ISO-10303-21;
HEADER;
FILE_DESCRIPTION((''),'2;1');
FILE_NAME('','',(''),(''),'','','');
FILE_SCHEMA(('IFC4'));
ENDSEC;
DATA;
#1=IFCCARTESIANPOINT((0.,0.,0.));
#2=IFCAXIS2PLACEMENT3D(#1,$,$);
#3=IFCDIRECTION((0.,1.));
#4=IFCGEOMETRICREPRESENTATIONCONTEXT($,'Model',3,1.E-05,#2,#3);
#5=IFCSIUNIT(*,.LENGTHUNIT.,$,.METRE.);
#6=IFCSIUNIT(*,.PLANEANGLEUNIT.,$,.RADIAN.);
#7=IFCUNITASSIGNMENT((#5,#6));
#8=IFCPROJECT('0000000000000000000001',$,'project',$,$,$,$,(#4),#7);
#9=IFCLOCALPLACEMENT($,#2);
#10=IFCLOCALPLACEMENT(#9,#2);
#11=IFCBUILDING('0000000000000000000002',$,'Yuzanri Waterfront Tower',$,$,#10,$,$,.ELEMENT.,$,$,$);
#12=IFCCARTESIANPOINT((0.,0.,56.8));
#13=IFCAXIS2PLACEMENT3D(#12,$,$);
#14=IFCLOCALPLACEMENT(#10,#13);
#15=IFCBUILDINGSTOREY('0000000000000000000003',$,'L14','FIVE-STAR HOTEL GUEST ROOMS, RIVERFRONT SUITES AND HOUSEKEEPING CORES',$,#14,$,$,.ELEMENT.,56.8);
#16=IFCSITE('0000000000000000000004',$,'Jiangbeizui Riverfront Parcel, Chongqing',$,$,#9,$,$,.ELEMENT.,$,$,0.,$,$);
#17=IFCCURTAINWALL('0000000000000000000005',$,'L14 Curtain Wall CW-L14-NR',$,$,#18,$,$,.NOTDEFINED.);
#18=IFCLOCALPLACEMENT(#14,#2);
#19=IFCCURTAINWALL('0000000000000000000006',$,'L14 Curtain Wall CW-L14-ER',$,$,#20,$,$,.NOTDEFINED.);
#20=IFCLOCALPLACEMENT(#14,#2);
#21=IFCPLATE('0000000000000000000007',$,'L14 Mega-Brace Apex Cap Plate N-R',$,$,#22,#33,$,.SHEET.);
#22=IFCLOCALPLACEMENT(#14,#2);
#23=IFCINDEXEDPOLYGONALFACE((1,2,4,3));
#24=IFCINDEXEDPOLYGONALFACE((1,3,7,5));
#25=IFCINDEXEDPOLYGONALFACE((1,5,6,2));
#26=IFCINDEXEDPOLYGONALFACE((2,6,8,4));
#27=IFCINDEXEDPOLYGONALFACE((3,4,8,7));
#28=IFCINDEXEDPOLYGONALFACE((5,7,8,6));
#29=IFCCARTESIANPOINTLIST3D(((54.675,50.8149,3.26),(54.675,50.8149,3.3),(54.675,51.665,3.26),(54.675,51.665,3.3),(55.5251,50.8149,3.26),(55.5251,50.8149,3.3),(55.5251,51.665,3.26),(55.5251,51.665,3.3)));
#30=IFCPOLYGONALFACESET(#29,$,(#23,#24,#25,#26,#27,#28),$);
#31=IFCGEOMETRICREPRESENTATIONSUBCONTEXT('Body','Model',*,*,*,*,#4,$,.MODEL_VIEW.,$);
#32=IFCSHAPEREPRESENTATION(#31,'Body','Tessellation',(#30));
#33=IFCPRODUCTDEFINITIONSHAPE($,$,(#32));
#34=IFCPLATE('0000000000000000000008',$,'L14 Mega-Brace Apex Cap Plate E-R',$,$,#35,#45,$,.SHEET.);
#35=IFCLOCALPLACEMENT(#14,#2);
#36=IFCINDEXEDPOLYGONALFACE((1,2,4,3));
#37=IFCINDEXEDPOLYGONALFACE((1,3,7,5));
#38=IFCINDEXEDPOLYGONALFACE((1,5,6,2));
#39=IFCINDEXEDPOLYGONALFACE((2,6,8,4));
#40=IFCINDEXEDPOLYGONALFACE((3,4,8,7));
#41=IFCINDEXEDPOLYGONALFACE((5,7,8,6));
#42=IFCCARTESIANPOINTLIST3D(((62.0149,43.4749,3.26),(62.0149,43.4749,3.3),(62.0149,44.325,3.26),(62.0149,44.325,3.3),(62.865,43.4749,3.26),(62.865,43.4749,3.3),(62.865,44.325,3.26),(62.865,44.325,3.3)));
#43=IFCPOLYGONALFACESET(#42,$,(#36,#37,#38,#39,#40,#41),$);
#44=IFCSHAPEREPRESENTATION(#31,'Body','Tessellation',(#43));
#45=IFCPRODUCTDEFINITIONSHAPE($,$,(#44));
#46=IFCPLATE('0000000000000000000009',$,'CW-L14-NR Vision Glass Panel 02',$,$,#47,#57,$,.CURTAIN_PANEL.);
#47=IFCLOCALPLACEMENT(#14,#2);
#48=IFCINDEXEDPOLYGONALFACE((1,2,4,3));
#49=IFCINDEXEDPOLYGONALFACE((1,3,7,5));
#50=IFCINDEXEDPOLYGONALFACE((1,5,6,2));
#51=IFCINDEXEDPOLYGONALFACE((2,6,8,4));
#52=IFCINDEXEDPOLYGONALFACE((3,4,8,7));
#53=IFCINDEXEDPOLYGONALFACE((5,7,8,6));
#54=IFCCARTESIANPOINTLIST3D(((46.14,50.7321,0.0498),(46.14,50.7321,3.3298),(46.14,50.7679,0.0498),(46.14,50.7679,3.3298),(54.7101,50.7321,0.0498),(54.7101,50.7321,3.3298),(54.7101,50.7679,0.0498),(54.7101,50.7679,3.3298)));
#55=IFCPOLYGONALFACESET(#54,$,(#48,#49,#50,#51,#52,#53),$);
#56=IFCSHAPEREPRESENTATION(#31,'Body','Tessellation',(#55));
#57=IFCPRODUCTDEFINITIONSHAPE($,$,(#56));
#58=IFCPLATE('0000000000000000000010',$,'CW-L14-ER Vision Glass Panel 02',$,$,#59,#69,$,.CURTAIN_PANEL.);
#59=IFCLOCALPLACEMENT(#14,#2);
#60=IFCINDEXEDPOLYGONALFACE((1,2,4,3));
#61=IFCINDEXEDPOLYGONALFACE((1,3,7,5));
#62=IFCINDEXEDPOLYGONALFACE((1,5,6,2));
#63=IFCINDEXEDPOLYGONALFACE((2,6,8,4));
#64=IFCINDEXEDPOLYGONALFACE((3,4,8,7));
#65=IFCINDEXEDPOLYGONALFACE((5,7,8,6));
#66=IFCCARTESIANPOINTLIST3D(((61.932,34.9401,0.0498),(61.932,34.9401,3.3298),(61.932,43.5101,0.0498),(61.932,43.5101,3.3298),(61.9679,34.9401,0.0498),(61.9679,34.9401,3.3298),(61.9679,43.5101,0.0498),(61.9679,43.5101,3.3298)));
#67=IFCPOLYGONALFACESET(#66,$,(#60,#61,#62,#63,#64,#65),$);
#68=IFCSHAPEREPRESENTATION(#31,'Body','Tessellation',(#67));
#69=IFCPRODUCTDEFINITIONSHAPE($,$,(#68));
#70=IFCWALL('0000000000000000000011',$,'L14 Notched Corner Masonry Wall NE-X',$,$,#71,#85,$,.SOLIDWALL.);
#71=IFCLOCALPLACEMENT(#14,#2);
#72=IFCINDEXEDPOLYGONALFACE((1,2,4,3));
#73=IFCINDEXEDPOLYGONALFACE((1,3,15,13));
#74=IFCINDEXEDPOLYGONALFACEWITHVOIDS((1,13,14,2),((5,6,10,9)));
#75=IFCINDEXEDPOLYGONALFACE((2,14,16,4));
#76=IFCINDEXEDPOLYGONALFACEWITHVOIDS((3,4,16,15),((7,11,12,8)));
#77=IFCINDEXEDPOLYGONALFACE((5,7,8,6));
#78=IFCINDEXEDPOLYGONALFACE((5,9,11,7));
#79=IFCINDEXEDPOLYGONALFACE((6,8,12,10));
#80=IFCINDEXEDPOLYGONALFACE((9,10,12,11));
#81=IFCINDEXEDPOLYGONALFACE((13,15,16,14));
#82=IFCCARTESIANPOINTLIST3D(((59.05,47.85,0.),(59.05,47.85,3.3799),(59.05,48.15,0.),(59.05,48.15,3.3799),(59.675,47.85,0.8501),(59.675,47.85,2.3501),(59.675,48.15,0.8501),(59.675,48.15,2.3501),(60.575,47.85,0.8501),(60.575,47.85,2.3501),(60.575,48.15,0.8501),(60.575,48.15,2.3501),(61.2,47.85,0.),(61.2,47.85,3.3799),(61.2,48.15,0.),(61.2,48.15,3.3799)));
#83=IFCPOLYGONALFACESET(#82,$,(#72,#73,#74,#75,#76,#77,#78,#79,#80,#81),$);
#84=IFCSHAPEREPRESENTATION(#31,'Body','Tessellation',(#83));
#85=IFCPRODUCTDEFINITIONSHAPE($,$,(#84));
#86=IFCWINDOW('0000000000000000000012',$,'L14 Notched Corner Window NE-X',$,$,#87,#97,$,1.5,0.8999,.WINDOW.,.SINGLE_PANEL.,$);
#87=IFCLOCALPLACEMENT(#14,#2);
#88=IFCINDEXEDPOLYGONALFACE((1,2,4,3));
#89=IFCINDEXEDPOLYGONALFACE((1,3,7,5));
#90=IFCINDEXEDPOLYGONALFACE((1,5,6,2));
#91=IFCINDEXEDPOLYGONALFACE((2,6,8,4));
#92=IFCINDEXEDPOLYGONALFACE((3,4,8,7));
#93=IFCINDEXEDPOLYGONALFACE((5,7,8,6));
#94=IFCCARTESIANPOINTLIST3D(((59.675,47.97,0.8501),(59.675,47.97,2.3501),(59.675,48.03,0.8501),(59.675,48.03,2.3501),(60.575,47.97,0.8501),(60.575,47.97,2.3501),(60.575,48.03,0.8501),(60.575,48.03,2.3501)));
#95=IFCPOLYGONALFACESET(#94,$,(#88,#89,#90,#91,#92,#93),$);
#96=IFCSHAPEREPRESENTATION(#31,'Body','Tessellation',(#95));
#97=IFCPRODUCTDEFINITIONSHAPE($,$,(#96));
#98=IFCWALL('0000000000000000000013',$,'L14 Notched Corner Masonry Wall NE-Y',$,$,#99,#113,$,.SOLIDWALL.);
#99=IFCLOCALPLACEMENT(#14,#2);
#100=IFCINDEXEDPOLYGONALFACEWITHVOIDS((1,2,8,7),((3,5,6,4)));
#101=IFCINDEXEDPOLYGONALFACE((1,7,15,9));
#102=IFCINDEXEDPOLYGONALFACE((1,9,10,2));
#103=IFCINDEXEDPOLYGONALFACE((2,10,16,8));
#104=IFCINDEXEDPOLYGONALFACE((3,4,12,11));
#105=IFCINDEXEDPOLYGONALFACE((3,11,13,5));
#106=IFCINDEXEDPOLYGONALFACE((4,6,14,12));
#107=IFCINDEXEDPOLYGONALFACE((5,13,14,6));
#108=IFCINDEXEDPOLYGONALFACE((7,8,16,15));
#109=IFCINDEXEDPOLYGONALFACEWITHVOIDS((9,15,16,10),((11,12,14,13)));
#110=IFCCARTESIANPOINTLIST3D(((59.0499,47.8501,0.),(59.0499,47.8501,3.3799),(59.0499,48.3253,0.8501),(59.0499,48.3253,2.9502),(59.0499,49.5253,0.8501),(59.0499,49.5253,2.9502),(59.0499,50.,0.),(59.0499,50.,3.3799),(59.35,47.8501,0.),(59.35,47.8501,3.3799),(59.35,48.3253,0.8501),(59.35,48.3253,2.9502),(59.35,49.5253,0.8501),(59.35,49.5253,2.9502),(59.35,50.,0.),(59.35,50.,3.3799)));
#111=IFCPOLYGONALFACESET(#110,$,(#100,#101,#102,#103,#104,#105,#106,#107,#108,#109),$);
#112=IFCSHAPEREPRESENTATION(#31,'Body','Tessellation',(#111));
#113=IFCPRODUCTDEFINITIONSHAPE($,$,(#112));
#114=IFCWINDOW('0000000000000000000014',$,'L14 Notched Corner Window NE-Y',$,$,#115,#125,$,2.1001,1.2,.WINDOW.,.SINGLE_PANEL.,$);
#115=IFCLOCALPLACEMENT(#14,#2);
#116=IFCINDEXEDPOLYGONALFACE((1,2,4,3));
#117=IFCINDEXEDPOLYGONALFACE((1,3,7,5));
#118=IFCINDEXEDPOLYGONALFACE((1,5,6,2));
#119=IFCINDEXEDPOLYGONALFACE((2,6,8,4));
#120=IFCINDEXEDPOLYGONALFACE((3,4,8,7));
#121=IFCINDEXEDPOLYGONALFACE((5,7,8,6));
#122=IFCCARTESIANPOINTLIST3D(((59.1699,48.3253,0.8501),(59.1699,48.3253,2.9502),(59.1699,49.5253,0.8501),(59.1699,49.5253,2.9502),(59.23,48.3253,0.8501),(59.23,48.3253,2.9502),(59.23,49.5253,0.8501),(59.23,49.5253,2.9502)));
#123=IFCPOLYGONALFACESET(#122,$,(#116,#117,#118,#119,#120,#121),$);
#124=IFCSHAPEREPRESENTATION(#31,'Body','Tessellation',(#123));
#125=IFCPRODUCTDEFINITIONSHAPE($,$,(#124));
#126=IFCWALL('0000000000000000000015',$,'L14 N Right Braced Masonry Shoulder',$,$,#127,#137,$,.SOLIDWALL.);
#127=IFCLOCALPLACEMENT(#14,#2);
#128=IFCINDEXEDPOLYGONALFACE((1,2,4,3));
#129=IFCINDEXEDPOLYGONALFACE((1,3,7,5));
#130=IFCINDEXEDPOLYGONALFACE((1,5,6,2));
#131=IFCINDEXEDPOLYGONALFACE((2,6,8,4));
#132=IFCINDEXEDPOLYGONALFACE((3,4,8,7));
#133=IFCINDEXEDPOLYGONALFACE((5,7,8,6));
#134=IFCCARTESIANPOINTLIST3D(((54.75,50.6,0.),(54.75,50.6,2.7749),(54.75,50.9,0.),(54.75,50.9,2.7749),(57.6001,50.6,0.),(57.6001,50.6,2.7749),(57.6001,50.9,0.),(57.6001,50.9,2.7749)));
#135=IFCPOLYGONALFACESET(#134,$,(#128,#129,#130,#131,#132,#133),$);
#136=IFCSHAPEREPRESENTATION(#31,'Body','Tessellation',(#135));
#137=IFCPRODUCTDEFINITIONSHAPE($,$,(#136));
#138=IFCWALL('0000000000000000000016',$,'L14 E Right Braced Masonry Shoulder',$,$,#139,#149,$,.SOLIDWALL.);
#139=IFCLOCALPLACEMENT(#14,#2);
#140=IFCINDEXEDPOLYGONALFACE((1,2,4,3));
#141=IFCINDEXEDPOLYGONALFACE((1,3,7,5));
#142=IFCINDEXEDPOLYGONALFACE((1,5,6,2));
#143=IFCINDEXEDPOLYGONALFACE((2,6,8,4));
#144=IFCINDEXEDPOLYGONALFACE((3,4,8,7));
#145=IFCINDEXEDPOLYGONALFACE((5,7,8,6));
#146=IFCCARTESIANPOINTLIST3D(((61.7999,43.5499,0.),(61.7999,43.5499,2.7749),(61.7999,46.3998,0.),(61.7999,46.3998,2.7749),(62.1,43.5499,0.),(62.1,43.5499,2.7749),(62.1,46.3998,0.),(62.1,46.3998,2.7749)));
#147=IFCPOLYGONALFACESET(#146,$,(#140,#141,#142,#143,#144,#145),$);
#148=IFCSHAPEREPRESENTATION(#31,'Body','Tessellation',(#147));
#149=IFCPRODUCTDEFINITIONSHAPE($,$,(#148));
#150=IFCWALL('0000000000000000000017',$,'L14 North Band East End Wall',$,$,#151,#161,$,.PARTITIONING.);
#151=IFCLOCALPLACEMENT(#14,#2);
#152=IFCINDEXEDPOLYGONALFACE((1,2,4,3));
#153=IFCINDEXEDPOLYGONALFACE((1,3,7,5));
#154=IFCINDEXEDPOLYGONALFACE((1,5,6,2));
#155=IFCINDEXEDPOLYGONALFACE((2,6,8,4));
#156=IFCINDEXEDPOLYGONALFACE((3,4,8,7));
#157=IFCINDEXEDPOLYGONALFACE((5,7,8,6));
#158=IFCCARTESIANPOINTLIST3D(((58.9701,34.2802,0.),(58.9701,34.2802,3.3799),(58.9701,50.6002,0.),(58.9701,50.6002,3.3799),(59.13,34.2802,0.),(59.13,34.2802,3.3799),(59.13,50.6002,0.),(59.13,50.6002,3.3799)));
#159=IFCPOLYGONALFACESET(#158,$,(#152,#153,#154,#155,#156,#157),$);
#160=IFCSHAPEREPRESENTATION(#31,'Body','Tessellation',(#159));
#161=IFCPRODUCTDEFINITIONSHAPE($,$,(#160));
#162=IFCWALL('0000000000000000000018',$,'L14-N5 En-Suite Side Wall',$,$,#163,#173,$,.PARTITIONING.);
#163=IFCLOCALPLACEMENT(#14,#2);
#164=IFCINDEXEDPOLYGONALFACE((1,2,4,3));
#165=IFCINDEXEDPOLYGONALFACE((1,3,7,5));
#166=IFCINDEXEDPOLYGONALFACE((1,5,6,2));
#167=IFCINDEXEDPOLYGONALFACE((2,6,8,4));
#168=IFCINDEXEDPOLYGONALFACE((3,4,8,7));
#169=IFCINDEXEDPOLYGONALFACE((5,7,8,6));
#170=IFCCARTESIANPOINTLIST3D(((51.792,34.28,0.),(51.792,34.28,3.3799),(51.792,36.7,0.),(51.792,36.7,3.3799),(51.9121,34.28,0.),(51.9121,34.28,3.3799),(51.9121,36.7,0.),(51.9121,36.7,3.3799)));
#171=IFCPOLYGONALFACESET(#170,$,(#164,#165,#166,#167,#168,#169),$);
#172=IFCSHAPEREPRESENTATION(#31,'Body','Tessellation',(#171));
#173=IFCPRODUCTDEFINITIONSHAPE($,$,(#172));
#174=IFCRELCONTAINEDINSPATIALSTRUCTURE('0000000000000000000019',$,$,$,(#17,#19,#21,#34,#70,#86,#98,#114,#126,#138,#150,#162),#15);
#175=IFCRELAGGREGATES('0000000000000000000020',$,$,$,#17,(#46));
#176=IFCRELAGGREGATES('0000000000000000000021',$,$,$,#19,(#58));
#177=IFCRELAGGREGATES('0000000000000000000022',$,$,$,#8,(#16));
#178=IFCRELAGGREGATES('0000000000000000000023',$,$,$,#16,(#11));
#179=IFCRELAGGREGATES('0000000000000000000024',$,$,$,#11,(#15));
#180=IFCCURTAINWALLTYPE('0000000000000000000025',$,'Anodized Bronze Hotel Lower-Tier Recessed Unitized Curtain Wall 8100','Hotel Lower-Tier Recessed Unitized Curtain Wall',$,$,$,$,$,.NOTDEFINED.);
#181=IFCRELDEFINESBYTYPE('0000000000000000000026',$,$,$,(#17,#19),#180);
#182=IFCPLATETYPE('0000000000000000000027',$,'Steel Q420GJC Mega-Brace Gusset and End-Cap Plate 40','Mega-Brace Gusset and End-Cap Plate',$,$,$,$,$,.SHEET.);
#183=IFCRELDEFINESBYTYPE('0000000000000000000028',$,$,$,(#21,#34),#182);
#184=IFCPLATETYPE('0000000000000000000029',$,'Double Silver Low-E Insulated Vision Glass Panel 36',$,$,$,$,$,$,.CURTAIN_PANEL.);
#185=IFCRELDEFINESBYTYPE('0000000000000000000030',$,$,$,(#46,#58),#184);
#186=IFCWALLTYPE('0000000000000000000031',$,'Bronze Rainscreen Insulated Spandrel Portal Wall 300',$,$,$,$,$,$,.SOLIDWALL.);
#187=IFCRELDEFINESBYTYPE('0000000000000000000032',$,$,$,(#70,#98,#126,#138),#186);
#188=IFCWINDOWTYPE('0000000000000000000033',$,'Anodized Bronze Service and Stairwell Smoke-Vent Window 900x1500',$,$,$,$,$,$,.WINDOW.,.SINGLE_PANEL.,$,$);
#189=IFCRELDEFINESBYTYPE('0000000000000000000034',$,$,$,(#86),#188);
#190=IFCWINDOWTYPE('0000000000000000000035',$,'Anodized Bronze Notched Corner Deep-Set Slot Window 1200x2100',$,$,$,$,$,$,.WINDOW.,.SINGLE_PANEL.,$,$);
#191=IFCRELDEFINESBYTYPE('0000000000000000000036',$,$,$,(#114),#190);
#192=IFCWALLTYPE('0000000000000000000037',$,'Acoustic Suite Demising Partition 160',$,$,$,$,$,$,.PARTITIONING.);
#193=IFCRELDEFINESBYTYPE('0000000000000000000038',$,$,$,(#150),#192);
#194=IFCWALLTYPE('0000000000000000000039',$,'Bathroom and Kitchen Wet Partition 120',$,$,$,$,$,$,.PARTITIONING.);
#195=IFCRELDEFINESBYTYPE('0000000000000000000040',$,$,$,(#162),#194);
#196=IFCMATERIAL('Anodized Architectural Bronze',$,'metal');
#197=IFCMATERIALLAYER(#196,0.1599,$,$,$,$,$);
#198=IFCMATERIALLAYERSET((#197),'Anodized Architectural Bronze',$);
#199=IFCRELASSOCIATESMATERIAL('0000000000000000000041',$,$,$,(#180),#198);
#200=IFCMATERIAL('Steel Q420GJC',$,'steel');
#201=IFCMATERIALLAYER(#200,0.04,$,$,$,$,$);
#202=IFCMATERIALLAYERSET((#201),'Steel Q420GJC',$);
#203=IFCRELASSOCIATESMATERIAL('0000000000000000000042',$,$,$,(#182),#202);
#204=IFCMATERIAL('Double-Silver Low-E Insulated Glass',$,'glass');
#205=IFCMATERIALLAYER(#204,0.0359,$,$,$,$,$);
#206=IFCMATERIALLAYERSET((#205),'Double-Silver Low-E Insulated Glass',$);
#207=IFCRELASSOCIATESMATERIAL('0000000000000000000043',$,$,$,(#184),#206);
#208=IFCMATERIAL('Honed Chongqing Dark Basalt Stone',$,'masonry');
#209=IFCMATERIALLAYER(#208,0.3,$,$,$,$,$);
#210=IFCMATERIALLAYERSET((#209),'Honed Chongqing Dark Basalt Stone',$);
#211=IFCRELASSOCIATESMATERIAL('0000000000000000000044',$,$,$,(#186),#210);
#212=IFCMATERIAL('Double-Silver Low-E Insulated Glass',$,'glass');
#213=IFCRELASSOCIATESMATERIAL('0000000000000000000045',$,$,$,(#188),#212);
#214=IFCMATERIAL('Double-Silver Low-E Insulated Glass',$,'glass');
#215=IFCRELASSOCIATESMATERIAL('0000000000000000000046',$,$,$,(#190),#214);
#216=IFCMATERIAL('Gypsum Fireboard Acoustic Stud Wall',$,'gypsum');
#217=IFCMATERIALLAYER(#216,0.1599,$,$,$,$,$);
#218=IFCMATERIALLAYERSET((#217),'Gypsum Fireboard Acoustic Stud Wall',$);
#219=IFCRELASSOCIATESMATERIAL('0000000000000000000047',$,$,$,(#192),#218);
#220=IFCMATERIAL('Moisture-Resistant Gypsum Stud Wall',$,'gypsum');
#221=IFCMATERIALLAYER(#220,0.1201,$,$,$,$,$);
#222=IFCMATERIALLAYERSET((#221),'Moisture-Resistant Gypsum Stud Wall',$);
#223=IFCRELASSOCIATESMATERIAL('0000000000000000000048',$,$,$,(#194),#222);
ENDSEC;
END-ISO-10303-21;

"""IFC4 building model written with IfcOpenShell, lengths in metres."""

from ifc_helpers import new_model, si_unit, direction, frame, frame_2d, origin, origin_2d, place, context, subcontext, project, spatial, rectangle, extrude, source, transform, mapped, material, layer, layer_set, type_object, element, fill, aggregate, save


model = new_model("IFC4")

# Units and contexts
model_context = context("Model", 3, precision=1e-05, world=origin(), true_north=direction((0.0, 1.0)))
body_context = subcontext(model_context, "Body", "Model", "MODEL_VIEW")
ifc_project = project(units=[si_unit("LENGTHUNIT", "METRE"), si_unit("PLANEANGLEUNIT", "RADIAN")], contexts=[model_context])

# Site, building, storey
site_placement = place(None, origin())
site = spatial("IfcSite", under=ifc_project, at=site_placement, Name="Jiangbeizui Riverfront Parcel, Chongqing", CompositionType="ELEMENT", RefElevation=0.0)
building_placement = place(site_placement, origin())
building = spatial("IfcBuilding", under=site, at=building_placement, Name="Yuzanri Waterfront Tower", CompositionType="ELEMENT")
storey_placement = place(building_placement, frame((0.0, 0.0, 56.8)))
storey = spatial("IfcBuildingStorey", under=building, at=storey_placement, Name="L14", Description="FIVE-STAR HOTEL GUEST ROOMS, RIVERFRONT SUITES AND HOUSEKEEPING CORES", CompositionType="ELEMENT", Elevation=56.8)

# Curtain walls
ifc_material_1 = material(Name="Anodized Architectural Bronze", Category="metal")
ifc_layer_1 = layer(ifc_material_1, 0.1599)
ifc_layer_set_1 = layer_set([ifc_layer_1], Name="Anodized Architectural Bronze")
curtain_wall_type = type_object("IfcCurtainWallType", Name="Anodized Bronze Hotel Lower-Tier Recessed Unitized Curtain Wall 8100", Description="Hotel Lower-Tier Recessed Unitized Curtain Wall", PredefinedType="NOTDEFINED", material=ifc_layer_set_1)
curtain_wall_1_placement = place(storey_placement, origin())
curtain_wall_1 = element("IfcCurtainWall", 1, at=curtain_wall_1_placement, inside=storey, type_object=curtain_wall_type, Name="L14 Curtain Wall CW-L14-NR", PredefinedType="NOTDEFINED")
curtain_wall_2_placement = place(storey_placement, origin())
curtain_wall_2 = element("IfcCurtainWall", 2, at=curtain_wall_2_placement, inside=storey, type_object=curtain_wall_type, Name="L14 Curtain Wall CW-L14-ER", PredefinedType="NOTDEFINED")

# Plates
ifc_material_2 = material(Name="Steel Q420GJC", Category="steel")
ifc_layer_2 = layer(ifc_material_2, 0.04)
ifc_layer_set_2 = layer_set([ifc_layer_2], Name="Steel Q420GJC")
plate_type_1 = type_object("IfcPlateType", Name="Steel Q420GJC Mega-Brace Gusset and End-Cap Plate 40", Description="Mega-Brace Gusset and End-Cap Plate", PredefinedType="SHEET", material=ifc_layer_set_2)
shared_shape_1 = source(origin(), body_context, "Body", "SweptSolid", [
    extrude(rectangle(XDim=0.8501, YDim=0.8501, at=origin_2d()), origin(), (0.0, 0.0, 1.0), 0.04),
])
for number, where, z_axis, x_axis, name in (
    (3, (55.1001, 51.24, 3.26), (0.0, 0.0, 1.0), (1.0, 0.0, 0.0), "L14 Mega-Brace Apex Cap Plate N-R"),
    (4, (62.4399, 43.8999, 3.26), (0.0, 0.0, 1.0), (1.0, 0.0, 0.0), "L14 Mega-Brace Apex Cap Plate E-R"),
):
    element("IfcPlate", number, at=place(storey_placement, frame(where, z_axis=z_axis, x_axis=x_axis)), inside=storey, type_object=plate_type_1, Name=name, PredefinedType="SHEET", context=body_context, shape_type="MappedRepresentation", body=[
        mapped(shared_shape_1, transform((0.0, 0.0, 0.0), scale=1.0)),
    ])

# Plates
ifc_material_3 = material(Name="Double-Silver Low-E Insulated Glass", Category="glass")
ifc_layer_3 = layer(ifc_material_3, 0.0359)
ifc_layer_set_3 = layer_set([ifc_layer_3], Name="Double-Silver Low-E Insulated Glass")
plate_type_2 = type_object("IfcPlateType", Name="Double Silver Low-E Insulated Vision Glass Panel 36", PredefinedType="CURTAIN_PANEL", material=ifc_layer_set_3)
shared_shape_2 = source(origin(), body_context, "Body", "SweptSolid", [
    extrude(rectangle(XDim=8.5701, YDim=0.0359, at=origin_2d()), origin(), (0.0, 0.0, 1.0), 3.28),
])
plate_1_placement = place(storey_placement, frame((50.425, 50.75, 0.0498), z_axis=(0.0, 0.0, 1.0), x_axis=(1.0, 0.0, 0.0)))
plate_1 = element("IfcPlate", 5, at=plate_1_placement, type_object=plate_type_2, Name="CW-L14-NR Vision Glass Panel 02", PredefinedType="CURTAIN_PANEL", context=body_context, shape_type="MappedRepresentation", body=[
    mapped(shared_shape_2, transform((0.0, 0.0, 0.0), scale=1.0)),
])
aggregate(curtain_wall_1, [plate_1])
plate_2_placement = place(storey_placement, frame((61.95, 39.2251, 0.0498), z_axis=(0.0, 0.0, 1.0), x_axis=(0.0, 1.0, 0.0)))
plate_2 = element("IfcPlate", 6, at=plate_2_placement, type_object=plate_type_2, Name="CW-L14-ER Vision Glass Panel 02", PredefinedType="CURTAIN_PANEL", context=body_context, shape_type="MappedRepresentation", body=[
    mapped(shared_shape_2, transform((0.0, 0.0, 0.0), scale=1.0)),
])
aggregate(curtain_wall_2, [plate_2])

# Walls, openings, windows
ifc_material_4 = material(Name="Honed Chongqing Dark Basalt Stone", Category="masonry")
ifc_layer_4 = layer(ifc_material_4, 0.3)
ifc_layer_set_4 = layer_set([ifc_layer_4], Name="Honed Chongqing Dark Basalt Stone")
wall_type_1 = type_object("IfcWallType", Name="Bronze Rainscreen Insulated Spandrel Portal Wall 300", PredefinedType="SOLIDWALL", material=ifc_layer_set_4)
wall_1_placement = place(storey_placement, frame((61.2, 48.0, 0.0), z_axis=(0.0, 0.0, 1.0), x_axis=(-1.0, 0.0, 0.0)))
wall_1 = element("IfcWall", 7, at=wall_1_placement, inside=storey, type_object=wall_type_1, Name="L14 Notched Corner Masonry Wall NE-X", PredefinedType="SOLIDWALL", context=body_context, shape_type="SweptSolid", body=[
    extrude(rectangle(XDim=2.1499, YDim=0.3, at=frame_2d((1.075, 0.0))), origin(), (0.0, 0.0, 1.0), 3.3799),
])
opening_1_placement = place(wall_1_placement, frame((0.625, 0.0, 0.8501)))
opening_1 = element("IfcOpeningElement", 8, at=opening_1_placement, cuts=wall_1, PredefinedType="OPENING", context=body_context, shape_type="SweptSolid", body=[
    extrude(rectangle(XDim=0.8999, YDim=1.5, at=frame_2d((0.45, 0.75))), frame((0.0, 0.165, 0.0), z_axis=(0.0, -1.0, 0.0), x_axis=(1.0, 0.0, 0.0)), (0.0, 0.0, 1.0), 0.3298),
])
ifc_material_5 = material(Name="Double-Silver Low-E Insulated Glass", Category="glass")
window_type_1 = type_object("IfcWindowType", Name="Anodized Bronze Service and Stairwell Smoke-Vent Window 900x1500", PartitioningType="SINGLE_PANEL", PredefinedType="WINDOW", material=ifc_material_5)
shared_shape_3 = source(origin(), body_context, "Body", "SweptSolid", [
    extrude(rectangle(XDim=0.8999, YDim=1.5, at=frame_2d((0.45, 0.75))), frame((0.0, 0.03, 0.0), z_axis=(0.0, -1.0, 0.0), x_axis=(1.0, 0.0, 0.0)), (0.0, 0.0, 1.0), 0.0601),
])
window_1_placement = place(opening_1_placement, origin())
window_1 = element("IfcWindow", 9, at=window_1_placement, inside=storey, type_object=window_type_1, Name="L14 Notched Corner Window NE-X", OverallHeight=1.5, OverallWidth=0.8999, PartitioningType="SINGLE_PANEL", PredefinedType="WINDOW", context=body_context, shape_type="MappedRepresentation", body=[
    mapped(shared_shape_3, transform((0.0, 0.0, 0.0), scale=1.0)),
])
fill(opening_1, window_1)
wall_2_placement = place(storey_placement, frame((59.2, 47.8501, 0.0), z_axis=(0.0, 0.0, 1.0), x_axis=(0.0, 1.0, 0.0)))
wall_2 = element("IfcWall", 10, at=wall_2_placement, inside=storey, type_object=wall_type_1, Name="L14 Notched Corner Masonry Wall NE-Y", PredefinedType="SOLIDWALL", context=body_context, shape_type="SweptSolid", body=[
    extrude(rectangle(XDim=2.1499, YDim=0.3, at=frame_2d((1.075, 0.0))), origin(), (0.0, 0.0, 1.0), 3.3799),
])
opening_2_placement = place(wall_2_placement, frame((0.4751, 0.0, 0.8501)))
opening_2 = element("IfcOpeningElement", 11, at=opening_2_placement, cuts=wall_2, PredefinedType="OPENING", context=body_context, shape_type="SweptSolid", body=[
    extrude(rectangle(XDim=1.2, YDim=2.1001, at=frame_2d((0.6001, 1.05))), frame((0.0, 0.165, 0.0), z_axis=(0.0, -1.0, 0.0), x_axis=(1.0, 0.0, 0.0)), (0.0, 0.0, 1.0), 0.3298),
])
ifc_material_6 = material(Name="Double-Silver Low-E Insulated Glass", Category="glass")
window_type_2 = type_object("IfcWindowType", Name="Anodized Bronze Notched Corner Deep-Set Slot Window 1200x2100", PartitioningType="SINGLE_PANEL", PredefinedType="WINDOW", material=ifc_material_6)
shared_shape_4 = source(origin(), body_context, "Body", "SweptSolid", [
    extrude(rectangle(XDim=1.2, YDim=2.1001, at=frame_2d((0.6001, 1.05))), frame((0.0, 0.03, 0.0), z_axis=(0.0, -1.0, 0.0), x_axis=(1.0, 0.0, 0.0)), (0.0, 0.0, 1.0), 0.0601),
])
window_2_placement = place(opening_2_placement, origin())
window_2 = element("IfcWindow", 12, at=window_2_placement, inside=storey, type_object=window_type_2, Name="L14 Notched Corner Window NE-Y", OverallHeight=2.1001, OverallWidth=1.2, PartitioningType="SINGLE_PANEL", PredefinedType="WINDOW", context=body_context, shape_type="MappedRepresentation", body=[
    mapped(shared_shape_4, transform((0.0, 0.0, 0.0), scale=1.0)),
])
fill(opening_2, window_2)

# Walls
shared_shape_5 = source(origin(), body_context, "Body", "SweptSolid", [
    extrude(rectangle(XDim=2.8501, YDim=0.3, at=frame_2d((1.425, 0.0))), origin(), (0.0, 0.0, 1.0), 2.7749),
])
wall_3_placement = place(storey_placement, frame((54.75, 50.75, 0.0), z_axis=(0.0, 0.0, 1.0), x_axis=(1.0, 0.0, 0.0)))
element("IfcWall", 13, at=wall_3_placement, inside=storey, type_object=wall_type_1, Name="L14 N Right Braced Masonry Shoulder", PredefinedType="SOLIDWALL", context=body_context, shape_type="MappedRepresentation", body=[
    mapped(shared_shape_5, transform((0.0, 0.0, 0.0), scale=1.0)),
])
shared_shape_6 = source(origin(), body_context, "Body", "SweptSolid", [
    extrude(rectangle(XDim=2.8499, YDim=0.3, at=frame_2d((1.4248, 0.0))), origin(), (0.0, 0.0, 1.0), 2.7749),
])
wall_4_placement = place(storey_placement, frame((61.95, 43.55, 0.0), z_axis=(0.0, 0.0, 1.0), x_axis=(0.0, 1.0, 0.0)))
element("IfcWall", 14, at=wall_4_placement, inside=storey, type_object=wall_type_1, Name="L14 E Right Braced Masonry Shoulder", PredefinedType="SOLIDWALL", context=body_context, shape_type="MappedRepresentation", body=[
    mapped(shared_shape_6, transform((0.0, 0.0, 0.0), scale=1.0)),
])
ifc_material_7 = material(Name="Gypsum Fireboard Acoustic Stud Wall", Category="gypsum")
ifc_layer_5 = layer(ifc_material_7, 0.1599)
ifc_layer_set_5 = layer_set([ifc_layer_5], Name="Gypsum Fireboard Acoustic Stud Wall")
wall_type_2 = type_object("IfcWallType", Name="Acoustic Suite Demising Partition 160", PredefinedType="PARTITIONING", material=ifc_layer_set_5)
shared_shape_7 = source(origin(), body_context, "Body", "SweptSolid", [
    extrude(rectangle(XDim=16.3201, YDim=0.1599, at=frame_2d((8.1602, 0.0))), origin(), (0.0, 0.0, 1.0), 3.3799),
])
wall_5_placement = place(storey_placement, frame((59.05, 34.28, 0.0), z_axis=(0.0, 0.0, 1.0), x_axis=(0.0, 1.0, 0.0)))
element("IfcWall", 15, at=wall_5_placement, inside=storey, type_object=wall_type_2, Name="L14 North Band East End Wall", PredefinedType="PARTITIONING", context=body_context, shape_type="MappedRepresentation", body=[
    mapped(shared_shape_7, transform((0.0, 0.0, 0.0), scale=1.0)),
])
ifc_material_8 = material(Name="Moisture-Resistant Gypsum Stud Wall", Category="gypsum")
ifc_layer_6 = layer(ifc_material_8, 0.1201)
ifc_layer_set_6 = layer_set([ifc_layer_6], Name="Moisture-Resistant Gypsum Stud Wall")
wall_type_3 = type_object("IfcWallType", Name="Bathroom and Kitchen Wet Partition 120", PredefinedType="PARTITIONING", material=ifc_layer_set_6)
shared_shape_8 = source(origin(), body_context, "Body", "SweptSolid", [
    extrude(rectangle(XDim=2.4199, YDim=0.1201, at=frame_2d((1.21, 0.0))), origin(), (0.0, 0.0, 1.0), 3.3799),
])
wall_6_placement = place(storey_placement, frame((51.8521, 34.28, 0.0), z_axis=(0.0, 0.0, 1.0), x_axis=(0.0, 1.0, 0.0)))
element("IfcWall", 16, at=wall_6_placement, inside=storey, type_object=wall_type_3, Name="L14-N5 En-Suite Side Wall", PredefinedType="PARTITIONING", context=body_context, shape_type="MappedRepresentation", body=[
    mapped(shared_shape_8, transform((0.0, 0.0, 0.0), scale=1.0)),
])

save(model, "model.ifc")
